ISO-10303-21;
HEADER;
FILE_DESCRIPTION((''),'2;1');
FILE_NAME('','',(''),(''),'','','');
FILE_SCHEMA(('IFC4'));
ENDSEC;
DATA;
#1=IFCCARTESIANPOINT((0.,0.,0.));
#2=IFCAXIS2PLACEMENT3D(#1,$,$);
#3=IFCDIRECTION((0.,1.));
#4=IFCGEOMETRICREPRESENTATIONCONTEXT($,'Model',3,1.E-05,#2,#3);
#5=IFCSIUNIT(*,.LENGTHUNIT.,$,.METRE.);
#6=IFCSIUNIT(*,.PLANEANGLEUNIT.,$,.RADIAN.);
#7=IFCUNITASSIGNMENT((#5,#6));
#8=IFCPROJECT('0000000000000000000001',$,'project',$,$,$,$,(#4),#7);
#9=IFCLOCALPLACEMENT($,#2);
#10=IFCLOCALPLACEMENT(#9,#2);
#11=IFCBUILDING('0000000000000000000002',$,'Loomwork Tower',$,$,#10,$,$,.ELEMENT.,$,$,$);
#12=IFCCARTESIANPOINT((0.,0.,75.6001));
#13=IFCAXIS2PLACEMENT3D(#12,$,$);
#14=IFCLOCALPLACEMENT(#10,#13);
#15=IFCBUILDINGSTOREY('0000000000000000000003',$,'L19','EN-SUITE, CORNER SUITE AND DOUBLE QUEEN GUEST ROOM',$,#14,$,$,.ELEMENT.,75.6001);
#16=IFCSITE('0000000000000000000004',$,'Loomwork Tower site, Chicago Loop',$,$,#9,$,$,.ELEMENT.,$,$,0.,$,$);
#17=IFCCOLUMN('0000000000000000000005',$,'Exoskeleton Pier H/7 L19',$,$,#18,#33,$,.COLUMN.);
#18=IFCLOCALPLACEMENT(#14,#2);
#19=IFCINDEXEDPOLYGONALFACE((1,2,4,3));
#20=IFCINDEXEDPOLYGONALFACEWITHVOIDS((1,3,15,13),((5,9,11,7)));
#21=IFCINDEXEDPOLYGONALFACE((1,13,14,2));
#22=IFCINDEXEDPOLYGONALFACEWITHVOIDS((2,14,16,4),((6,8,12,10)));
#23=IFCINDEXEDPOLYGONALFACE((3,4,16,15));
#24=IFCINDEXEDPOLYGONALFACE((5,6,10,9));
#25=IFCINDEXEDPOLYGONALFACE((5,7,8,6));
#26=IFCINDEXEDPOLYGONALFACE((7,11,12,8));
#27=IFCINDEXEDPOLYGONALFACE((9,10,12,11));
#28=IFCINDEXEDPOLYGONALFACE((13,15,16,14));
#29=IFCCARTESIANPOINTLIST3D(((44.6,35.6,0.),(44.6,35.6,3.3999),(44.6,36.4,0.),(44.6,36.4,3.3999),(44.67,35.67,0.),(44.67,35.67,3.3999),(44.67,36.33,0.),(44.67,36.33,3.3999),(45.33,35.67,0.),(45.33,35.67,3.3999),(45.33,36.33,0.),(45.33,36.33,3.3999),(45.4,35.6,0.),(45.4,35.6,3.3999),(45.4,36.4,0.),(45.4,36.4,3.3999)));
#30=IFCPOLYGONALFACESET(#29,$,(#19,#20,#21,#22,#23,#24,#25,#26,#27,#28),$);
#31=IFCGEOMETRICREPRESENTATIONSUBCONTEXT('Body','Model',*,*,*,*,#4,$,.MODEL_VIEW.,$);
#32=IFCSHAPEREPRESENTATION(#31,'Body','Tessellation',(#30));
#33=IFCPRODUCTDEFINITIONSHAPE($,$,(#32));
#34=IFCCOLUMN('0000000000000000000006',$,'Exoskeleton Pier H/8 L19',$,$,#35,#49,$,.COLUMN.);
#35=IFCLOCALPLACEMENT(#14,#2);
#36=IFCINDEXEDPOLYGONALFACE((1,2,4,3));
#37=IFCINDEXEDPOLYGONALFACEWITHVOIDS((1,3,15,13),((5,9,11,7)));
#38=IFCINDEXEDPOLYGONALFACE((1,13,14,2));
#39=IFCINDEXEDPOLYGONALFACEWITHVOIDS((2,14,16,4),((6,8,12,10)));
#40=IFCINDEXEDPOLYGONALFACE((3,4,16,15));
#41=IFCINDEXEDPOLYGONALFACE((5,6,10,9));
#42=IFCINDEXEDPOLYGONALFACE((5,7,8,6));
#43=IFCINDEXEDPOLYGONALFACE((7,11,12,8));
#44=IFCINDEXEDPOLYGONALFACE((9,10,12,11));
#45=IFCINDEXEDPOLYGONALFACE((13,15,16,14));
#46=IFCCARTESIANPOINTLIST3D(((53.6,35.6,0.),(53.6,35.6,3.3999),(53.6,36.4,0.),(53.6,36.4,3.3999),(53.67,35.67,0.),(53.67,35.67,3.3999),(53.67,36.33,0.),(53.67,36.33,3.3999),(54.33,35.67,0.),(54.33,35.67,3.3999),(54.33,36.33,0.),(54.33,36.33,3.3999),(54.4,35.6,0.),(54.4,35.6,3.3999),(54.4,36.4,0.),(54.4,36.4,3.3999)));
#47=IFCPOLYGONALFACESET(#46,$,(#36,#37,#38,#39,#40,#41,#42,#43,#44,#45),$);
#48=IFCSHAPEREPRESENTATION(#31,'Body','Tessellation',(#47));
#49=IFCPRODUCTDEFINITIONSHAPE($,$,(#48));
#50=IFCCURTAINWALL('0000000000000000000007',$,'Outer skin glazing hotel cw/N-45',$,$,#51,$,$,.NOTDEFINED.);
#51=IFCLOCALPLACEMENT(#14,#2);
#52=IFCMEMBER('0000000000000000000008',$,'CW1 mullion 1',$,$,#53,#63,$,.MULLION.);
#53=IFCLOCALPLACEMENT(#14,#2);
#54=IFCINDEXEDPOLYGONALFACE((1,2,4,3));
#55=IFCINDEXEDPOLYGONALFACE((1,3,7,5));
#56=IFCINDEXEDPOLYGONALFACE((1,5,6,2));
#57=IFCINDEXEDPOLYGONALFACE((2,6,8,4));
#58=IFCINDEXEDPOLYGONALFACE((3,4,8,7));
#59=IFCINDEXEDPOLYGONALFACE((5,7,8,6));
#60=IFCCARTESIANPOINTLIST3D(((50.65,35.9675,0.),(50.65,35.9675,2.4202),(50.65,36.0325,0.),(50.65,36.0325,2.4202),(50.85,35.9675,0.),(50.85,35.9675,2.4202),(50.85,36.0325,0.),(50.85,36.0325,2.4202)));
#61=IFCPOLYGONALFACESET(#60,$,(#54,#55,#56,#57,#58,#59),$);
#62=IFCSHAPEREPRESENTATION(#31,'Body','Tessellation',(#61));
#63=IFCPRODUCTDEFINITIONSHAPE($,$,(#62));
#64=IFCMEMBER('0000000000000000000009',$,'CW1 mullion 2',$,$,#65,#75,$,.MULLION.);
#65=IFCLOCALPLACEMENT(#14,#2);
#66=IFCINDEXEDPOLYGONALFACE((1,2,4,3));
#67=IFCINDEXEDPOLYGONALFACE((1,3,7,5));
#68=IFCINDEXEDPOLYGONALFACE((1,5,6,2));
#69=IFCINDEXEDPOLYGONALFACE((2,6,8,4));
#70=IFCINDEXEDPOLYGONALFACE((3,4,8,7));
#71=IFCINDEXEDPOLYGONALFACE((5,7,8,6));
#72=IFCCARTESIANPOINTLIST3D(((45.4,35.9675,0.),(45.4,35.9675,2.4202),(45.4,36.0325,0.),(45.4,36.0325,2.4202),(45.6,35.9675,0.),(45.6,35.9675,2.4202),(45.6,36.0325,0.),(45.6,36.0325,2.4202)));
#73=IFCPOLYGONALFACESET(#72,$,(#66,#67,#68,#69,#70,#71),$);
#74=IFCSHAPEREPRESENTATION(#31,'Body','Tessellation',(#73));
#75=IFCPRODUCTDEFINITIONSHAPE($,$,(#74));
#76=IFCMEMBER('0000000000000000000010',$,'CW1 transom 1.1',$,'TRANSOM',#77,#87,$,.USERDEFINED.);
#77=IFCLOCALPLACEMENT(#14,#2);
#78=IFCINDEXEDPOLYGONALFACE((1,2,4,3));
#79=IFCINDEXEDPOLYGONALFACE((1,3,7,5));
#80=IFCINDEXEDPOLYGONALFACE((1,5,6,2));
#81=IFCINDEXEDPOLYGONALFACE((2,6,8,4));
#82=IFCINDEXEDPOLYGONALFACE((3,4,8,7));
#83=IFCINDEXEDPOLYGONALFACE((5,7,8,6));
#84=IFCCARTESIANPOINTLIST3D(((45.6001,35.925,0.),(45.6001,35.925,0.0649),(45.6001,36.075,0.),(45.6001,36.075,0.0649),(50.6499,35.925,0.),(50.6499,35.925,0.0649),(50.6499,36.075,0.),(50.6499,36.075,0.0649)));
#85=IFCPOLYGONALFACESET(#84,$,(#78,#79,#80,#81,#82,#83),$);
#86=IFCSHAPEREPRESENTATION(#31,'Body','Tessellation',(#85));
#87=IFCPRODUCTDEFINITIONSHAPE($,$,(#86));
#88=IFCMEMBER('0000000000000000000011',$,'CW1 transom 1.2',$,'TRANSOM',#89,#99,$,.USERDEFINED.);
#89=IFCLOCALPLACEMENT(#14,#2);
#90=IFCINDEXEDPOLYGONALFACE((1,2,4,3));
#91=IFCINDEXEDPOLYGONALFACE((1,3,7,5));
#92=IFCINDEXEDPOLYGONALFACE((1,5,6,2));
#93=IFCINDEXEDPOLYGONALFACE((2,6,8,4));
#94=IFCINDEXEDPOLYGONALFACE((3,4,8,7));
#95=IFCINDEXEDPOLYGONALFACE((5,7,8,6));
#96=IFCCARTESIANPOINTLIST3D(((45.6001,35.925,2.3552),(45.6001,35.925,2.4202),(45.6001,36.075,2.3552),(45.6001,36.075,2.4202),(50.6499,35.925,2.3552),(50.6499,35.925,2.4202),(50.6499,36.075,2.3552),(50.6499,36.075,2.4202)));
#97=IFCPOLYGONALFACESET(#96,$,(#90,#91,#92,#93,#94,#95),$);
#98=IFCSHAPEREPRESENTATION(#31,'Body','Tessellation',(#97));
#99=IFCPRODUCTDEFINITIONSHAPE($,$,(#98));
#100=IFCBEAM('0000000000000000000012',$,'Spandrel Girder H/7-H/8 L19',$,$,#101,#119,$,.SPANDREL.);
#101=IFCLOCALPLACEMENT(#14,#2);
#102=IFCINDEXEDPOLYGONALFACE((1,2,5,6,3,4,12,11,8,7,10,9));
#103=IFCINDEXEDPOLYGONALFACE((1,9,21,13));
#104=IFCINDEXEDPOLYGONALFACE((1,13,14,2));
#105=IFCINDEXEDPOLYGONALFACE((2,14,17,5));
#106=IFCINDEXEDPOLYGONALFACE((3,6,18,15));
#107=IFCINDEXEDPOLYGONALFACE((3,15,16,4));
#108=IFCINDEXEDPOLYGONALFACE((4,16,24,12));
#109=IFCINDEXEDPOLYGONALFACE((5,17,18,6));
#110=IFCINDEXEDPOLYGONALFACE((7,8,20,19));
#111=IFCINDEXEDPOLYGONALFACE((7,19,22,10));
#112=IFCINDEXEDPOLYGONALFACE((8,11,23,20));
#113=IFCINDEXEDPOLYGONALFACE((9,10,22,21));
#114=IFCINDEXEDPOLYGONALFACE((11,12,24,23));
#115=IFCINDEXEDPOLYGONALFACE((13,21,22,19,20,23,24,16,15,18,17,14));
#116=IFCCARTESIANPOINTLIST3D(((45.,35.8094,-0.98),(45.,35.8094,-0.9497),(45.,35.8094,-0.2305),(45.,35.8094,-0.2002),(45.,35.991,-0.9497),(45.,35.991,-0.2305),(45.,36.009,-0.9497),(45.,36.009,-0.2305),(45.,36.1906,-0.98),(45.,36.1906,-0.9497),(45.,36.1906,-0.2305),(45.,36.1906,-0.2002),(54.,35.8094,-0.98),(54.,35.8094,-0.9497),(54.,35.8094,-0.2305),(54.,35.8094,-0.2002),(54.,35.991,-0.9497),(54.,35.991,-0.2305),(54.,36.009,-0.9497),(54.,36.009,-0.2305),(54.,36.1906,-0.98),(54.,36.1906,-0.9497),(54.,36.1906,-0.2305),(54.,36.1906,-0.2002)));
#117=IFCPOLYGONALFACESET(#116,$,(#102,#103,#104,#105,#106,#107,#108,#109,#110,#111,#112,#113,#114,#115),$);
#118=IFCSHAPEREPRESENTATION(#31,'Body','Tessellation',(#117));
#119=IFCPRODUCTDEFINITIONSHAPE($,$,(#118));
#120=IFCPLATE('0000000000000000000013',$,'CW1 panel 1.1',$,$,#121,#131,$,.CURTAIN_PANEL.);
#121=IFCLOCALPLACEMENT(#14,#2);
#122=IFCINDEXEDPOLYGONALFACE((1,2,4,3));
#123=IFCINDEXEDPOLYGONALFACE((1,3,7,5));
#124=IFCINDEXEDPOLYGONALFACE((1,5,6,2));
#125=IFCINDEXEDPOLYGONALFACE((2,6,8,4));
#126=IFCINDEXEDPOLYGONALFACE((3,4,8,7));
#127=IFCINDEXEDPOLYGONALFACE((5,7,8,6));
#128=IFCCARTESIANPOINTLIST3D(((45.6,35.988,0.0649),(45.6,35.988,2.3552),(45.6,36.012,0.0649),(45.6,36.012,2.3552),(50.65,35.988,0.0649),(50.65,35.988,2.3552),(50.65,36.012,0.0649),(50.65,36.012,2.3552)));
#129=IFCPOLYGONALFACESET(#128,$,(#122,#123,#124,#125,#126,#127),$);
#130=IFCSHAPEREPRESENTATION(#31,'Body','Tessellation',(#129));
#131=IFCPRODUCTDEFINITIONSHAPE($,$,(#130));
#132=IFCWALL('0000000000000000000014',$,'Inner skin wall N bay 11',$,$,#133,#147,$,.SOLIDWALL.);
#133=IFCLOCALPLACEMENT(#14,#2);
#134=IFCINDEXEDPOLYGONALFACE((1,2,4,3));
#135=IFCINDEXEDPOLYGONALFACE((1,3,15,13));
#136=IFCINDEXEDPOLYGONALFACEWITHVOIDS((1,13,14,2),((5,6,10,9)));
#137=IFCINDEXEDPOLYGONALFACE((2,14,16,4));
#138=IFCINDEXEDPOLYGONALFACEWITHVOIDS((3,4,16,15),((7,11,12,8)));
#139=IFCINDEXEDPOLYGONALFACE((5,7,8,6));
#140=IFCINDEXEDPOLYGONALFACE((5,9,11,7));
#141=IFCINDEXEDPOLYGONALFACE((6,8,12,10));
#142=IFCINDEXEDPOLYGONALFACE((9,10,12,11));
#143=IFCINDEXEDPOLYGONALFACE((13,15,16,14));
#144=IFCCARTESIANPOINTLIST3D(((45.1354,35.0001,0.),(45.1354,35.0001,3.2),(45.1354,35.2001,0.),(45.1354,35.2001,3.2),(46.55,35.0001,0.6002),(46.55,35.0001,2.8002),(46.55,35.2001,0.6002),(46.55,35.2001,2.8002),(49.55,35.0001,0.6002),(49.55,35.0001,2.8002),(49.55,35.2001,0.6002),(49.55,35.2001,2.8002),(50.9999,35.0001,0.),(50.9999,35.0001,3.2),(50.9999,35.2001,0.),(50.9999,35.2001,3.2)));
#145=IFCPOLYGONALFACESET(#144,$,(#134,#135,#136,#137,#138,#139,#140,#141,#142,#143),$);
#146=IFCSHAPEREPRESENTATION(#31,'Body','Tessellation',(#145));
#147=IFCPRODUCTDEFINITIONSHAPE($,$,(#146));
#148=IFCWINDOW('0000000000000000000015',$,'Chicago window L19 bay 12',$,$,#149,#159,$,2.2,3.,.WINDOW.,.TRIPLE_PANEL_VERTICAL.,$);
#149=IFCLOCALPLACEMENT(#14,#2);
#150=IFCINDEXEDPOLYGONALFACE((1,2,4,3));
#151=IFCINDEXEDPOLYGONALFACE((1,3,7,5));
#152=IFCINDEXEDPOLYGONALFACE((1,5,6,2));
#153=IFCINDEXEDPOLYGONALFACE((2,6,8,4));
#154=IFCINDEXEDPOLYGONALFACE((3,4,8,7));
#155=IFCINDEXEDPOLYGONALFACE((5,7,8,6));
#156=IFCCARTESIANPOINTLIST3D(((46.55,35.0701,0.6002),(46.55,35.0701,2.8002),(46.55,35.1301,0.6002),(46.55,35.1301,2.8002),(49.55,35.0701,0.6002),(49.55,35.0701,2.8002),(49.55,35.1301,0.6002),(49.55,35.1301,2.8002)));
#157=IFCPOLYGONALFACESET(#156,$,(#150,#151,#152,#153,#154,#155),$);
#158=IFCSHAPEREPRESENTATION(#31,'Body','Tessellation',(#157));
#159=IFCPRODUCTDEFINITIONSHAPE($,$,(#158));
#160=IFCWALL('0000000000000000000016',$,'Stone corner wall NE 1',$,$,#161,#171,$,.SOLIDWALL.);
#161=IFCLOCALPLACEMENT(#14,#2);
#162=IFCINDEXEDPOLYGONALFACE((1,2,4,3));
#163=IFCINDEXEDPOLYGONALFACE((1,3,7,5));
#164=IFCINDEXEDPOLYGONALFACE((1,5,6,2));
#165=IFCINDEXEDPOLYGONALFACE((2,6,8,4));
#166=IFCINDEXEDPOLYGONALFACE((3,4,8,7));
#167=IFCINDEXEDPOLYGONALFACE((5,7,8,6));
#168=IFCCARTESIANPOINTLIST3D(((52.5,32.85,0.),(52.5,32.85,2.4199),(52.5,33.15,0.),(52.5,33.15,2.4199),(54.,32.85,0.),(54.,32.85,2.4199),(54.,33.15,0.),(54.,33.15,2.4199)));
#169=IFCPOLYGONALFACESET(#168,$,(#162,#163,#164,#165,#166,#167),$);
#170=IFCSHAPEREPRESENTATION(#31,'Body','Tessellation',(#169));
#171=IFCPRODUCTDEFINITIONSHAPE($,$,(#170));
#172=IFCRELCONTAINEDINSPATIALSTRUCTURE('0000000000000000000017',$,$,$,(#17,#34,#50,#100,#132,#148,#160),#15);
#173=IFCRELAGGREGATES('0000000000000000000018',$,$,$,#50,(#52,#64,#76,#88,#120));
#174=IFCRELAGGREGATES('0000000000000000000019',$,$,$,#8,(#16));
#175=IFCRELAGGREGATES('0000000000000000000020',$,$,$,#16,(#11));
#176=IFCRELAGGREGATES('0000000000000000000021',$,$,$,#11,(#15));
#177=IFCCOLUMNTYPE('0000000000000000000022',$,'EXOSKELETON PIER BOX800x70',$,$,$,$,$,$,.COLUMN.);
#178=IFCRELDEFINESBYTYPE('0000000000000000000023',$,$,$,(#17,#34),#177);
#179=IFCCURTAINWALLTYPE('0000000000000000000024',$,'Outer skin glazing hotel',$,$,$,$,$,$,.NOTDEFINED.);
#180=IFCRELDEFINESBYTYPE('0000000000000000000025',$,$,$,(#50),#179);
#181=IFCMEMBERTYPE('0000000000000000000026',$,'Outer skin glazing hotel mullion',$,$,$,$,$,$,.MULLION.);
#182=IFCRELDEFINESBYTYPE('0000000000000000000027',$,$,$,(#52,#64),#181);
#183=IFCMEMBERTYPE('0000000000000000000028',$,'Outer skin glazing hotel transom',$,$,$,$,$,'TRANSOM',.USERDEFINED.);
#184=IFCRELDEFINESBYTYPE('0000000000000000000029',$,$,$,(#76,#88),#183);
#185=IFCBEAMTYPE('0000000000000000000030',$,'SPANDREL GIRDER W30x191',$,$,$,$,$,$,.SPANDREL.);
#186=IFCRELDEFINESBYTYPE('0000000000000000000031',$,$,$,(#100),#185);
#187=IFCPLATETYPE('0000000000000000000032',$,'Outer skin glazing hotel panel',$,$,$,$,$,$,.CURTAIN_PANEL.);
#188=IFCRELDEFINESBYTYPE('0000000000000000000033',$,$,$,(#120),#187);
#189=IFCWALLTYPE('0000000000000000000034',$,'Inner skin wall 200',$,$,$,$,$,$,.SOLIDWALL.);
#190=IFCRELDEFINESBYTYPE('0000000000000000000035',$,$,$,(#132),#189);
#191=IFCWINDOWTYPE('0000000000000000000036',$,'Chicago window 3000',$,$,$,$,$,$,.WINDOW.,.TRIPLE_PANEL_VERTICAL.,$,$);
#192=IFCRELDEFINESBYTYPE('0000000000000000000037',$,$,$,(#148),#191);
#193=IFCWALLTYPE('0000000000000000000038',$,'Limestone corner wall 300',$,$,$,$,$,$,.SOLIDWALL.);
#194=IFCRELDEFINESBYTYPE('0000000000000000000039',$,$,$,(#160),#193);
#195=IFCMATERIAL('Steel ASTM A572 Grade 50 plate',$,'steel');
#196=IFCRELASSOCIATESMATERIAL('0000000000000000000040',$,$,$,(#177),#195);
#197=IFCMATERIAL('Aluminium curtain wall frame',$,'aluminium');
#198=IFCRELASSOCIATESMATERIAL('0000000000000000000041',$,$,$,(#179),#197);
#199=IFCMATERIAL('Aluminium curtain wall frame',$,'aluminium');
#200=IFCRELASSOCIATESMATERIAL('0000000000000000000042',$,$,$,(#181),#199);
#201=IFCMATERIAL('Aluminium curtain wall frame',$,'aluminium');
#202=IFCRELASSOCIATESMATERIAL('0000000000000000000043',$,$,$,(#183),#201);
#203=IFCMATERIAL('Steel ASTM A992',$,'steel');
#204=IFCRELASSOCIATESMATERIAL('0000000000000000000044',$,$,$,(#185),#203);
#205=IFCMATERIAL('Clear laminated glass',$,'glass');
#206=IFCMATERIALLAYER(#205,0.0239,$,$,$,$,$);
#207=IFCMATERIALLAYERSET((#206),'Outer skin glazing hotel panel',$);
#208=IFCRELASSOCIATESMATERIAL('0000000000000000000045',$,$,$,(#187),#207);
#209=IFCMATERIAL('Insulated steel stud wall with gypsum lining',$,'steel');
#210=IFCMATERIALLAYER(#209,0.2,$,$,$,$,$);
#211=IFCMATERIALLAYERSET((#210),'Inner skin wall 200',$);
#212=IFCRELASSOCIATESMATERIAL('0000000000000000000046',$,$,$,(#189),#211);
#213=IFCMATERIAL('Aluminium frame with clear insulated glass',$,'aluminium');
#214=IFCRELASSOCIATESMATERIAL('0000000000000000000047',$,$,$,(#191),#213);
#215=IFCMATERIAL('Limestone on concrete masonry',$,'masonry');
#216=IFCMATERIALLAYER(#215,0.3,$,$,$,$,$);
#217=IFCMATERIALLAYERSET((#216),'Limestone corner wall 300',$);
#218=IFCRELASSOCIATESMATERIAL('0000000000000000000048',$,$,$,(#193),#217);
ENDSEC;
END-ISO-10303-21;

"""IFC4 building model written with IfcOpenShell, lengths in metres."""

from ifc_helpers import new_model, si_unit, direction, frame, frame_2d, origin, origin_2d, place, context, subcontext, project, spatial, rectangle, hollow_rectangle, i_section, extrude, material, layer, layer_set, material_profile, profile_set, type_object, element, fill, aggregate, save


model = new_model("IFC4")

# Units and contexts
model_context = context("Model", 3, precision=1e-05, world=origin(), true_north=direction((0.0, 1.0)))
body_context = subcontext(model_context, "Body", "Model", "MODEL_VIEW")
ifc_project = project(units=[si_unit("LENGTHUNIT", "METRE"), si_unit("PLANEANGLEUNIT", "RADIAN")], contexts=[model_context])

# Site, building, storey
site_placement = place(None, origin())
site = spatial("IfcSite", under=ifc_project, at=site_placement, Name="Loomwork Tower site, Chicago Loop", CompositionType="ELEMENT", RefElevation=0.0)
building_placement = place(site_placement, origin())
building = spatial("IfcBuilding", under=site, at=building_placement, Name="Loomwork Tower", CompositionType="ELEMENT")
storey_placement = place(building_placement, frame((0.0, 0.0, 75.6001)))
storey = spatial("IfcBuildingStorey", under=building, at=storey_placement, Name="L19", Description="EN-SUITE, CORNER SUITE AND DOUBLE QUEEN GUEST ROOM", CompositionType="ELEMENT", Elevation=75.6001)

# Columns
ifc_material_1 = material(Name="Steel ASTM A572 Grade 50 plate", Category="steel")
ifc_material_profile_1 = material_profile(ifc_material_1, hollow_rectangle(XDim=0.8, YDim=0.8, WallThickness=0.0701, at=origin_2d()), Name="BOX800x70")
ifc_profile_set_1 = profile_set([ifc_material_profile_1], Name="Steel ASTM A572 Grade 50 plate")
column_type = type_object("IfcColumnType", Name="EXOSKELETON PIER BOX800x70", PredefinedType="COLUMN", material=ifc_profile_set_1)
for number, where, z_axis, x_axis, name in (
    (1, (45.0, 36.0, 0.0), (0.0, 0.0, 1.0), (1.0, 0.0, 0.0), "Exoskeleton Pier H/7 L19"),
    (2, (54.0, 36.0, 0.0), (0.0, 0.0, 1.0), (1.0, 0.0, 0.0), "Exoskeleton Pier H/8 L19"),
):
    element("IfcColumn", number, at=place(storey_placement, frame(where, z_axis=z_axis, x_axis=x_axis)), inside=storey, type_object=column_type, Name=name, PredefinedType="COLUMN", context=body_context, shape_type="SweptSolid", body=[
        extrude(hollow_rectangle(XDim=0.8, YDim=0.8, WallThickness=0.0701, at=origin_2d()), origin(), (0.0, 0.0, 1.0), 3.3999),
    ])

# Curtain wall, members
ifc_material_2 = material(Name="Aluminium curtain wall frame", Category="aluminium")
curtain_wall_type = type_object("IfcCurtainWallType", Name="Outer skin glazing hotel", PredefinedType="NOTDEFINED", material=ifc_material_2)
curtain_wall_placement = place(storey_placement, origin())
curtain_wall = element("IfcCurtainWall", 3, at=curtain_wall_placement, inside=storey, type_object=curtain_wall_type, Name="Outer skin glazing hotel cw/N-45", PredefinedType="NOTDEFINED")
ifc_material_3 = material(Name="Aluminium curtain wall frame", Category="aluminium")
ifc_material_profile_2 = material_profile(ifc_material_3, rectangle(XDim=0.0649, YDim=0.2, at=origin_2d()), Name="AL 65x200")
ifc_profile_set_2 = profile_set([ifc_material_profile_2], Name="Aluminium curtain wall frame")
member_type_1 = type_object("IfcMemberType", Name="Outer skin glazing hotel mullion", PredefinedType="MULLION", material=ifc_profile_set_2)
member_1_placement = place(storey_placement, frame((50.75, 36.0, 0.0), z_axis=(0.0, 0.0, 1.0), x_axis=(0.0, -1.0, 0.0)))
member_1 = element("IfcMember", 4, at=member_1_placement, type_object=member_type_1, Name="CW1 mullion 1", PredefinedType="MULLION", context=body_context, shape_type="SweptSolid", body=[
    extrude(rectangle(XDim=0.0649, YDim=0.2, at=origin_2d()), origin(), (0.0, 0.0, 1.0), 2.4202),
])
member_2_placement = place(storey_placement, frame((45.5, 36.0, 0.0), z_axis=(0.0, 0.0, 1.0), x_axis=(0.0, -1.0, 0.0)))
member_2 = element("IfcMember", 5, at=member_2_placement, type_object=member_type_1, Name="CW1 mullion 2", PredefinedType="MULLION", context=body_context, shape_type="SweptSolid", body=[
    extrude(rectangle(XDim=0.0649, YDim=0.2, at=origin_2d()), origin(), (0.0, 0.0, 1.0), 2.4202),
])
ifc_material_4 = material(Name="Aluminium curtain wall frame", Category="aluminium")
ifc_material_profile_3 = material_profile(ifc_material_4, rectangle(XDim=0.1499, YDim=0.0649, at=origin_2d()), Name="AL 65x150")
ifc_profile_set_3 = profile_set([ifc_material_profile_3], Name="Aluminium curtain wall frame")
member_type_2 = type_object("IfcMemberType", Name="Outer skin glazing hotel transom", ElementType="TRANSOM", PredefinedType="USERDEFINED", material=ifc_profile_set_3)
member_3_placement = place(storey_placement, frame((50.6499, 36.0, 0.0325), z_axis=(-1.0, 0.0, 0.0), x_axis=(0.0, -1.0, 0.0)))
member_3 = element("IfcMember", 6, at=member_3_placement, type_object=member_type_2, Name="CW1 transom 1.1", ObjectType="TRANSOM", PredefinedType="USERDEFINED", context=body_context, shape_type="SweptSolid", body=[
    extrude(rectangle(XDim=0.1499, YDim=0.0649, at=origin_2d()), origin(), (0.0, 0.0, 1.0), 5.0498),
])
member_4_placement = place(storey_placement, frame((50.6499, 36.0, 2.3877), z_axis=(-1.0, 0.0, 0.0), x_axis=(0.0, -1.0, 0.0)))
member_4 = element("IfcMember", 7, at=member_4_placement, type_object=member_type_2, Name="CW1 transom 1.2", ObjectType="TRANSOM", PredefinedType="USERDEFINED", context=body_context, shape_type="SweptSolid", body=[
    extrude(rectangle(XDim=0.1499, YDim=0.0649, at=origin_2d()), origin(), (0.0, 0.0, 1.0), 5.0498),
])

# Beam
ifc_material_5 = material(Name="Steel ASTM A992", Category="steel")
ifc_material_profile_4 = material_profile(ifc_material_5, i_section(OverallWidth=0.3811, OverallDepth=0.7798, WebThickness=0.0181, FlangeThickness=0.0303, at=origin_2d()), Name="W30x191")
ifc_profile_set_4 = profile_set([ifc_material_profile_4], Name="Steel ASTM A992")
beam_type = type_object("IfcBeamType", Name="SPANDREL GIRDER W30x191", PredefinedType="SPANDREL", material=ifc_profile_set_4)
beam_placement = place(storey_placement, frame((45.0, 36.0, -0.5901), z_axis=(1.0, 0.0, 0.0), x_axis=(0.0, 1.0, 0.0)))
element("IfcBeam", 8, at=beam_placement, inside=storey, type_object=beam_type, Name="Spandrel Girder H/7-H/8 L19", PredefinedType="SPANDREL", context=body_context, shape_type="SweptSolid", body=[
    extrude(i_section(OverallWidth=0.3811, OverallDepth=0.7798, WebThickness=0.0181, FlangeThickness=0.0303, at=origin_2d()), origin(), (0.0, 0.0, 1.0), 9.0),
])

# Plate
ifc_material_6 = material(Name="Clear laminated glass", Category="glass")
ifc_layer_1 = layer(ifc_material_6, 0.0239)
ifc_layer_set_1 = layer_set([ifc_layer_1], Name="Outer skin glazing hotel panel")
plate_type = type_object("IfcPlateType", Name="Outer skin glazing hotel panel", PredefinedType="CURTAIN_PANEL", material=ifc_layer_set_1)
plate_placement = place(storey_placement, frame((48.125, 36.0, 0.0649), z_axis=(0.0, 0.0, 1.0), x_axis=(-1.0, 0.0, 0.0)))
plate = element("IfcPlate", 9, at=plate_placement, type_object=plate_type, Name="CW1 panel 1.1", PredefinedType="CURTAIN_PANEL", context=body_context, shape_type="SweptSolid", body=[
    extrude(rectangle(XDim=5.05, YDim=0.0239, at=origin_2d()), origin(), (0.0, 0.0, 1.0), 2.2903),
])
aggregate(curtain_wall, [member_1, member_2, member_3, member_4, plate])

# Wall, opening, window
ifc_material_7 = material(Name="Insulated steel stud wall with gypsum lining", Category="steel")
ifc_layer_2 = layer(ifc_material_7, 0.2)
ifc_layer_set_2 = layer_set([ifc_layer_2], Name="Inner skin wall 200")
wall_type_1 = type_object("IfcWallType", Name="Inner skin wall 200", PredefinedType="SOLIDWALL", material=ifc_layer_set_2)
wall_1_placement = place(storey_placement, frame((45.1355, 35.1001, 0.0), z_axis=(0.0, 0.0, 1.0), x_axis=(1.0, 0.0, 0.0)))
wall_1 = element("IfcWall", 10, at=wall_1_placement, inside=storey, type_object=wall_type_1, Name="Inner skin wall N bay 11", PredefinedType="SOLIDWALL", context=body_context, shape_type="SweptSolid", body=[
    extrude(rectangle(XDim=5.8645, YDim=0.2, at=frame_2d((2.9321, 0.0))), origin(), (0.0, 0.0, 1.0), 3.2),
])
opening_1_placement = place(wall_1_placement, frame((1.4146, 0.0, 0.6001)))
opening_1 = element("IfcOpeningElement", 11, at=opening_1_placement, cuts=wall_1, PredefinedType="OPENING", context=body_context, shape_type="SweptSolid", body=[
    extrude(rectangle(XDim=3.0, YDim=2.2, at=frame_2d((1.5, 1.1001))), frame((0.0, 0.1099, 0.0), z_axis=(0.0, -1.0, 0.0), x_axis=(1.0, 0.0, 0.0)), (0.0, 0.0, 1.0), 0.22),
])
ifc_material_8 = material(Name="Aluminium frame with clear insulated glass", Category="aluminium")
window_type_1 = type_object("IfcWindowType", Name="Chicago window 3000", PartitioningType="TRIPLE_PANEL_VERTICAL", PredefinedType="WINDOW", material=ifc_material_8)
window_1_placement = place(opening_1_placement, origin())
window_1 = element("IfcWindow", 12, at=window_1_placement, inside=storey, type_object=window_type_1, Name="Chicago window L19 bay 12", OverallHeight=2.2, OverallWidth=3.0, PartitioningType="TRIPLE_PANEL_VERTICAL", PredefinedType="WINDOW", context=body_context, shape_type="SweptSolid", body=[
    extrude(rectangle(XDim=3.0, YDim=2.2, at=frame_2d((1.5, 1.1001))), frame((0.0, 0.03, 0.0), z_axis=(0.0, -1.0, 0.0), x_axis=(1.0, 0.0, 0.0)), (0.0, 0.0, 1.0), 0.0601),
])
fill(opening_1, window_1)

# Wall
ifc_material_9 = material(Name="Limestone on concrete masonry", Category="masonry")
ifc_layer_3 = layer(ifc_material_9, 0.3)
ifc_layer_set_3 = layer_set([ifc_layer_3], Name="Limestone corner wall 300")
wall_type_2 = type_object("IfcWallType", Name="Limestone corner wall 300", PredefinedType="SOLIDWALL", material=ifc_layer_set_3)
wall_2_placement = place(storey_placement, frame((54.0, 33.0, 0.0), z_axis=(0.0, 0.0, 1.0), x_axis=(-1.0, 0.0, 0.0)))
element("IfcWall", 13, at=wall_2_placement, inside=storey, type_object=wall_type_2, Name="Stone corner wall NE 1", PredefinedType="SOLIDWALL", context=body_context, shape_type="SweptSolid", body=[
    extrude(rectangle(XDim=1.5, YDim=0.3, at=frame_2d((0.75, 0.0))), origin(), (0.0, 0.0, 1.0), 2.4199),
])

save(model, "model.ifc")
